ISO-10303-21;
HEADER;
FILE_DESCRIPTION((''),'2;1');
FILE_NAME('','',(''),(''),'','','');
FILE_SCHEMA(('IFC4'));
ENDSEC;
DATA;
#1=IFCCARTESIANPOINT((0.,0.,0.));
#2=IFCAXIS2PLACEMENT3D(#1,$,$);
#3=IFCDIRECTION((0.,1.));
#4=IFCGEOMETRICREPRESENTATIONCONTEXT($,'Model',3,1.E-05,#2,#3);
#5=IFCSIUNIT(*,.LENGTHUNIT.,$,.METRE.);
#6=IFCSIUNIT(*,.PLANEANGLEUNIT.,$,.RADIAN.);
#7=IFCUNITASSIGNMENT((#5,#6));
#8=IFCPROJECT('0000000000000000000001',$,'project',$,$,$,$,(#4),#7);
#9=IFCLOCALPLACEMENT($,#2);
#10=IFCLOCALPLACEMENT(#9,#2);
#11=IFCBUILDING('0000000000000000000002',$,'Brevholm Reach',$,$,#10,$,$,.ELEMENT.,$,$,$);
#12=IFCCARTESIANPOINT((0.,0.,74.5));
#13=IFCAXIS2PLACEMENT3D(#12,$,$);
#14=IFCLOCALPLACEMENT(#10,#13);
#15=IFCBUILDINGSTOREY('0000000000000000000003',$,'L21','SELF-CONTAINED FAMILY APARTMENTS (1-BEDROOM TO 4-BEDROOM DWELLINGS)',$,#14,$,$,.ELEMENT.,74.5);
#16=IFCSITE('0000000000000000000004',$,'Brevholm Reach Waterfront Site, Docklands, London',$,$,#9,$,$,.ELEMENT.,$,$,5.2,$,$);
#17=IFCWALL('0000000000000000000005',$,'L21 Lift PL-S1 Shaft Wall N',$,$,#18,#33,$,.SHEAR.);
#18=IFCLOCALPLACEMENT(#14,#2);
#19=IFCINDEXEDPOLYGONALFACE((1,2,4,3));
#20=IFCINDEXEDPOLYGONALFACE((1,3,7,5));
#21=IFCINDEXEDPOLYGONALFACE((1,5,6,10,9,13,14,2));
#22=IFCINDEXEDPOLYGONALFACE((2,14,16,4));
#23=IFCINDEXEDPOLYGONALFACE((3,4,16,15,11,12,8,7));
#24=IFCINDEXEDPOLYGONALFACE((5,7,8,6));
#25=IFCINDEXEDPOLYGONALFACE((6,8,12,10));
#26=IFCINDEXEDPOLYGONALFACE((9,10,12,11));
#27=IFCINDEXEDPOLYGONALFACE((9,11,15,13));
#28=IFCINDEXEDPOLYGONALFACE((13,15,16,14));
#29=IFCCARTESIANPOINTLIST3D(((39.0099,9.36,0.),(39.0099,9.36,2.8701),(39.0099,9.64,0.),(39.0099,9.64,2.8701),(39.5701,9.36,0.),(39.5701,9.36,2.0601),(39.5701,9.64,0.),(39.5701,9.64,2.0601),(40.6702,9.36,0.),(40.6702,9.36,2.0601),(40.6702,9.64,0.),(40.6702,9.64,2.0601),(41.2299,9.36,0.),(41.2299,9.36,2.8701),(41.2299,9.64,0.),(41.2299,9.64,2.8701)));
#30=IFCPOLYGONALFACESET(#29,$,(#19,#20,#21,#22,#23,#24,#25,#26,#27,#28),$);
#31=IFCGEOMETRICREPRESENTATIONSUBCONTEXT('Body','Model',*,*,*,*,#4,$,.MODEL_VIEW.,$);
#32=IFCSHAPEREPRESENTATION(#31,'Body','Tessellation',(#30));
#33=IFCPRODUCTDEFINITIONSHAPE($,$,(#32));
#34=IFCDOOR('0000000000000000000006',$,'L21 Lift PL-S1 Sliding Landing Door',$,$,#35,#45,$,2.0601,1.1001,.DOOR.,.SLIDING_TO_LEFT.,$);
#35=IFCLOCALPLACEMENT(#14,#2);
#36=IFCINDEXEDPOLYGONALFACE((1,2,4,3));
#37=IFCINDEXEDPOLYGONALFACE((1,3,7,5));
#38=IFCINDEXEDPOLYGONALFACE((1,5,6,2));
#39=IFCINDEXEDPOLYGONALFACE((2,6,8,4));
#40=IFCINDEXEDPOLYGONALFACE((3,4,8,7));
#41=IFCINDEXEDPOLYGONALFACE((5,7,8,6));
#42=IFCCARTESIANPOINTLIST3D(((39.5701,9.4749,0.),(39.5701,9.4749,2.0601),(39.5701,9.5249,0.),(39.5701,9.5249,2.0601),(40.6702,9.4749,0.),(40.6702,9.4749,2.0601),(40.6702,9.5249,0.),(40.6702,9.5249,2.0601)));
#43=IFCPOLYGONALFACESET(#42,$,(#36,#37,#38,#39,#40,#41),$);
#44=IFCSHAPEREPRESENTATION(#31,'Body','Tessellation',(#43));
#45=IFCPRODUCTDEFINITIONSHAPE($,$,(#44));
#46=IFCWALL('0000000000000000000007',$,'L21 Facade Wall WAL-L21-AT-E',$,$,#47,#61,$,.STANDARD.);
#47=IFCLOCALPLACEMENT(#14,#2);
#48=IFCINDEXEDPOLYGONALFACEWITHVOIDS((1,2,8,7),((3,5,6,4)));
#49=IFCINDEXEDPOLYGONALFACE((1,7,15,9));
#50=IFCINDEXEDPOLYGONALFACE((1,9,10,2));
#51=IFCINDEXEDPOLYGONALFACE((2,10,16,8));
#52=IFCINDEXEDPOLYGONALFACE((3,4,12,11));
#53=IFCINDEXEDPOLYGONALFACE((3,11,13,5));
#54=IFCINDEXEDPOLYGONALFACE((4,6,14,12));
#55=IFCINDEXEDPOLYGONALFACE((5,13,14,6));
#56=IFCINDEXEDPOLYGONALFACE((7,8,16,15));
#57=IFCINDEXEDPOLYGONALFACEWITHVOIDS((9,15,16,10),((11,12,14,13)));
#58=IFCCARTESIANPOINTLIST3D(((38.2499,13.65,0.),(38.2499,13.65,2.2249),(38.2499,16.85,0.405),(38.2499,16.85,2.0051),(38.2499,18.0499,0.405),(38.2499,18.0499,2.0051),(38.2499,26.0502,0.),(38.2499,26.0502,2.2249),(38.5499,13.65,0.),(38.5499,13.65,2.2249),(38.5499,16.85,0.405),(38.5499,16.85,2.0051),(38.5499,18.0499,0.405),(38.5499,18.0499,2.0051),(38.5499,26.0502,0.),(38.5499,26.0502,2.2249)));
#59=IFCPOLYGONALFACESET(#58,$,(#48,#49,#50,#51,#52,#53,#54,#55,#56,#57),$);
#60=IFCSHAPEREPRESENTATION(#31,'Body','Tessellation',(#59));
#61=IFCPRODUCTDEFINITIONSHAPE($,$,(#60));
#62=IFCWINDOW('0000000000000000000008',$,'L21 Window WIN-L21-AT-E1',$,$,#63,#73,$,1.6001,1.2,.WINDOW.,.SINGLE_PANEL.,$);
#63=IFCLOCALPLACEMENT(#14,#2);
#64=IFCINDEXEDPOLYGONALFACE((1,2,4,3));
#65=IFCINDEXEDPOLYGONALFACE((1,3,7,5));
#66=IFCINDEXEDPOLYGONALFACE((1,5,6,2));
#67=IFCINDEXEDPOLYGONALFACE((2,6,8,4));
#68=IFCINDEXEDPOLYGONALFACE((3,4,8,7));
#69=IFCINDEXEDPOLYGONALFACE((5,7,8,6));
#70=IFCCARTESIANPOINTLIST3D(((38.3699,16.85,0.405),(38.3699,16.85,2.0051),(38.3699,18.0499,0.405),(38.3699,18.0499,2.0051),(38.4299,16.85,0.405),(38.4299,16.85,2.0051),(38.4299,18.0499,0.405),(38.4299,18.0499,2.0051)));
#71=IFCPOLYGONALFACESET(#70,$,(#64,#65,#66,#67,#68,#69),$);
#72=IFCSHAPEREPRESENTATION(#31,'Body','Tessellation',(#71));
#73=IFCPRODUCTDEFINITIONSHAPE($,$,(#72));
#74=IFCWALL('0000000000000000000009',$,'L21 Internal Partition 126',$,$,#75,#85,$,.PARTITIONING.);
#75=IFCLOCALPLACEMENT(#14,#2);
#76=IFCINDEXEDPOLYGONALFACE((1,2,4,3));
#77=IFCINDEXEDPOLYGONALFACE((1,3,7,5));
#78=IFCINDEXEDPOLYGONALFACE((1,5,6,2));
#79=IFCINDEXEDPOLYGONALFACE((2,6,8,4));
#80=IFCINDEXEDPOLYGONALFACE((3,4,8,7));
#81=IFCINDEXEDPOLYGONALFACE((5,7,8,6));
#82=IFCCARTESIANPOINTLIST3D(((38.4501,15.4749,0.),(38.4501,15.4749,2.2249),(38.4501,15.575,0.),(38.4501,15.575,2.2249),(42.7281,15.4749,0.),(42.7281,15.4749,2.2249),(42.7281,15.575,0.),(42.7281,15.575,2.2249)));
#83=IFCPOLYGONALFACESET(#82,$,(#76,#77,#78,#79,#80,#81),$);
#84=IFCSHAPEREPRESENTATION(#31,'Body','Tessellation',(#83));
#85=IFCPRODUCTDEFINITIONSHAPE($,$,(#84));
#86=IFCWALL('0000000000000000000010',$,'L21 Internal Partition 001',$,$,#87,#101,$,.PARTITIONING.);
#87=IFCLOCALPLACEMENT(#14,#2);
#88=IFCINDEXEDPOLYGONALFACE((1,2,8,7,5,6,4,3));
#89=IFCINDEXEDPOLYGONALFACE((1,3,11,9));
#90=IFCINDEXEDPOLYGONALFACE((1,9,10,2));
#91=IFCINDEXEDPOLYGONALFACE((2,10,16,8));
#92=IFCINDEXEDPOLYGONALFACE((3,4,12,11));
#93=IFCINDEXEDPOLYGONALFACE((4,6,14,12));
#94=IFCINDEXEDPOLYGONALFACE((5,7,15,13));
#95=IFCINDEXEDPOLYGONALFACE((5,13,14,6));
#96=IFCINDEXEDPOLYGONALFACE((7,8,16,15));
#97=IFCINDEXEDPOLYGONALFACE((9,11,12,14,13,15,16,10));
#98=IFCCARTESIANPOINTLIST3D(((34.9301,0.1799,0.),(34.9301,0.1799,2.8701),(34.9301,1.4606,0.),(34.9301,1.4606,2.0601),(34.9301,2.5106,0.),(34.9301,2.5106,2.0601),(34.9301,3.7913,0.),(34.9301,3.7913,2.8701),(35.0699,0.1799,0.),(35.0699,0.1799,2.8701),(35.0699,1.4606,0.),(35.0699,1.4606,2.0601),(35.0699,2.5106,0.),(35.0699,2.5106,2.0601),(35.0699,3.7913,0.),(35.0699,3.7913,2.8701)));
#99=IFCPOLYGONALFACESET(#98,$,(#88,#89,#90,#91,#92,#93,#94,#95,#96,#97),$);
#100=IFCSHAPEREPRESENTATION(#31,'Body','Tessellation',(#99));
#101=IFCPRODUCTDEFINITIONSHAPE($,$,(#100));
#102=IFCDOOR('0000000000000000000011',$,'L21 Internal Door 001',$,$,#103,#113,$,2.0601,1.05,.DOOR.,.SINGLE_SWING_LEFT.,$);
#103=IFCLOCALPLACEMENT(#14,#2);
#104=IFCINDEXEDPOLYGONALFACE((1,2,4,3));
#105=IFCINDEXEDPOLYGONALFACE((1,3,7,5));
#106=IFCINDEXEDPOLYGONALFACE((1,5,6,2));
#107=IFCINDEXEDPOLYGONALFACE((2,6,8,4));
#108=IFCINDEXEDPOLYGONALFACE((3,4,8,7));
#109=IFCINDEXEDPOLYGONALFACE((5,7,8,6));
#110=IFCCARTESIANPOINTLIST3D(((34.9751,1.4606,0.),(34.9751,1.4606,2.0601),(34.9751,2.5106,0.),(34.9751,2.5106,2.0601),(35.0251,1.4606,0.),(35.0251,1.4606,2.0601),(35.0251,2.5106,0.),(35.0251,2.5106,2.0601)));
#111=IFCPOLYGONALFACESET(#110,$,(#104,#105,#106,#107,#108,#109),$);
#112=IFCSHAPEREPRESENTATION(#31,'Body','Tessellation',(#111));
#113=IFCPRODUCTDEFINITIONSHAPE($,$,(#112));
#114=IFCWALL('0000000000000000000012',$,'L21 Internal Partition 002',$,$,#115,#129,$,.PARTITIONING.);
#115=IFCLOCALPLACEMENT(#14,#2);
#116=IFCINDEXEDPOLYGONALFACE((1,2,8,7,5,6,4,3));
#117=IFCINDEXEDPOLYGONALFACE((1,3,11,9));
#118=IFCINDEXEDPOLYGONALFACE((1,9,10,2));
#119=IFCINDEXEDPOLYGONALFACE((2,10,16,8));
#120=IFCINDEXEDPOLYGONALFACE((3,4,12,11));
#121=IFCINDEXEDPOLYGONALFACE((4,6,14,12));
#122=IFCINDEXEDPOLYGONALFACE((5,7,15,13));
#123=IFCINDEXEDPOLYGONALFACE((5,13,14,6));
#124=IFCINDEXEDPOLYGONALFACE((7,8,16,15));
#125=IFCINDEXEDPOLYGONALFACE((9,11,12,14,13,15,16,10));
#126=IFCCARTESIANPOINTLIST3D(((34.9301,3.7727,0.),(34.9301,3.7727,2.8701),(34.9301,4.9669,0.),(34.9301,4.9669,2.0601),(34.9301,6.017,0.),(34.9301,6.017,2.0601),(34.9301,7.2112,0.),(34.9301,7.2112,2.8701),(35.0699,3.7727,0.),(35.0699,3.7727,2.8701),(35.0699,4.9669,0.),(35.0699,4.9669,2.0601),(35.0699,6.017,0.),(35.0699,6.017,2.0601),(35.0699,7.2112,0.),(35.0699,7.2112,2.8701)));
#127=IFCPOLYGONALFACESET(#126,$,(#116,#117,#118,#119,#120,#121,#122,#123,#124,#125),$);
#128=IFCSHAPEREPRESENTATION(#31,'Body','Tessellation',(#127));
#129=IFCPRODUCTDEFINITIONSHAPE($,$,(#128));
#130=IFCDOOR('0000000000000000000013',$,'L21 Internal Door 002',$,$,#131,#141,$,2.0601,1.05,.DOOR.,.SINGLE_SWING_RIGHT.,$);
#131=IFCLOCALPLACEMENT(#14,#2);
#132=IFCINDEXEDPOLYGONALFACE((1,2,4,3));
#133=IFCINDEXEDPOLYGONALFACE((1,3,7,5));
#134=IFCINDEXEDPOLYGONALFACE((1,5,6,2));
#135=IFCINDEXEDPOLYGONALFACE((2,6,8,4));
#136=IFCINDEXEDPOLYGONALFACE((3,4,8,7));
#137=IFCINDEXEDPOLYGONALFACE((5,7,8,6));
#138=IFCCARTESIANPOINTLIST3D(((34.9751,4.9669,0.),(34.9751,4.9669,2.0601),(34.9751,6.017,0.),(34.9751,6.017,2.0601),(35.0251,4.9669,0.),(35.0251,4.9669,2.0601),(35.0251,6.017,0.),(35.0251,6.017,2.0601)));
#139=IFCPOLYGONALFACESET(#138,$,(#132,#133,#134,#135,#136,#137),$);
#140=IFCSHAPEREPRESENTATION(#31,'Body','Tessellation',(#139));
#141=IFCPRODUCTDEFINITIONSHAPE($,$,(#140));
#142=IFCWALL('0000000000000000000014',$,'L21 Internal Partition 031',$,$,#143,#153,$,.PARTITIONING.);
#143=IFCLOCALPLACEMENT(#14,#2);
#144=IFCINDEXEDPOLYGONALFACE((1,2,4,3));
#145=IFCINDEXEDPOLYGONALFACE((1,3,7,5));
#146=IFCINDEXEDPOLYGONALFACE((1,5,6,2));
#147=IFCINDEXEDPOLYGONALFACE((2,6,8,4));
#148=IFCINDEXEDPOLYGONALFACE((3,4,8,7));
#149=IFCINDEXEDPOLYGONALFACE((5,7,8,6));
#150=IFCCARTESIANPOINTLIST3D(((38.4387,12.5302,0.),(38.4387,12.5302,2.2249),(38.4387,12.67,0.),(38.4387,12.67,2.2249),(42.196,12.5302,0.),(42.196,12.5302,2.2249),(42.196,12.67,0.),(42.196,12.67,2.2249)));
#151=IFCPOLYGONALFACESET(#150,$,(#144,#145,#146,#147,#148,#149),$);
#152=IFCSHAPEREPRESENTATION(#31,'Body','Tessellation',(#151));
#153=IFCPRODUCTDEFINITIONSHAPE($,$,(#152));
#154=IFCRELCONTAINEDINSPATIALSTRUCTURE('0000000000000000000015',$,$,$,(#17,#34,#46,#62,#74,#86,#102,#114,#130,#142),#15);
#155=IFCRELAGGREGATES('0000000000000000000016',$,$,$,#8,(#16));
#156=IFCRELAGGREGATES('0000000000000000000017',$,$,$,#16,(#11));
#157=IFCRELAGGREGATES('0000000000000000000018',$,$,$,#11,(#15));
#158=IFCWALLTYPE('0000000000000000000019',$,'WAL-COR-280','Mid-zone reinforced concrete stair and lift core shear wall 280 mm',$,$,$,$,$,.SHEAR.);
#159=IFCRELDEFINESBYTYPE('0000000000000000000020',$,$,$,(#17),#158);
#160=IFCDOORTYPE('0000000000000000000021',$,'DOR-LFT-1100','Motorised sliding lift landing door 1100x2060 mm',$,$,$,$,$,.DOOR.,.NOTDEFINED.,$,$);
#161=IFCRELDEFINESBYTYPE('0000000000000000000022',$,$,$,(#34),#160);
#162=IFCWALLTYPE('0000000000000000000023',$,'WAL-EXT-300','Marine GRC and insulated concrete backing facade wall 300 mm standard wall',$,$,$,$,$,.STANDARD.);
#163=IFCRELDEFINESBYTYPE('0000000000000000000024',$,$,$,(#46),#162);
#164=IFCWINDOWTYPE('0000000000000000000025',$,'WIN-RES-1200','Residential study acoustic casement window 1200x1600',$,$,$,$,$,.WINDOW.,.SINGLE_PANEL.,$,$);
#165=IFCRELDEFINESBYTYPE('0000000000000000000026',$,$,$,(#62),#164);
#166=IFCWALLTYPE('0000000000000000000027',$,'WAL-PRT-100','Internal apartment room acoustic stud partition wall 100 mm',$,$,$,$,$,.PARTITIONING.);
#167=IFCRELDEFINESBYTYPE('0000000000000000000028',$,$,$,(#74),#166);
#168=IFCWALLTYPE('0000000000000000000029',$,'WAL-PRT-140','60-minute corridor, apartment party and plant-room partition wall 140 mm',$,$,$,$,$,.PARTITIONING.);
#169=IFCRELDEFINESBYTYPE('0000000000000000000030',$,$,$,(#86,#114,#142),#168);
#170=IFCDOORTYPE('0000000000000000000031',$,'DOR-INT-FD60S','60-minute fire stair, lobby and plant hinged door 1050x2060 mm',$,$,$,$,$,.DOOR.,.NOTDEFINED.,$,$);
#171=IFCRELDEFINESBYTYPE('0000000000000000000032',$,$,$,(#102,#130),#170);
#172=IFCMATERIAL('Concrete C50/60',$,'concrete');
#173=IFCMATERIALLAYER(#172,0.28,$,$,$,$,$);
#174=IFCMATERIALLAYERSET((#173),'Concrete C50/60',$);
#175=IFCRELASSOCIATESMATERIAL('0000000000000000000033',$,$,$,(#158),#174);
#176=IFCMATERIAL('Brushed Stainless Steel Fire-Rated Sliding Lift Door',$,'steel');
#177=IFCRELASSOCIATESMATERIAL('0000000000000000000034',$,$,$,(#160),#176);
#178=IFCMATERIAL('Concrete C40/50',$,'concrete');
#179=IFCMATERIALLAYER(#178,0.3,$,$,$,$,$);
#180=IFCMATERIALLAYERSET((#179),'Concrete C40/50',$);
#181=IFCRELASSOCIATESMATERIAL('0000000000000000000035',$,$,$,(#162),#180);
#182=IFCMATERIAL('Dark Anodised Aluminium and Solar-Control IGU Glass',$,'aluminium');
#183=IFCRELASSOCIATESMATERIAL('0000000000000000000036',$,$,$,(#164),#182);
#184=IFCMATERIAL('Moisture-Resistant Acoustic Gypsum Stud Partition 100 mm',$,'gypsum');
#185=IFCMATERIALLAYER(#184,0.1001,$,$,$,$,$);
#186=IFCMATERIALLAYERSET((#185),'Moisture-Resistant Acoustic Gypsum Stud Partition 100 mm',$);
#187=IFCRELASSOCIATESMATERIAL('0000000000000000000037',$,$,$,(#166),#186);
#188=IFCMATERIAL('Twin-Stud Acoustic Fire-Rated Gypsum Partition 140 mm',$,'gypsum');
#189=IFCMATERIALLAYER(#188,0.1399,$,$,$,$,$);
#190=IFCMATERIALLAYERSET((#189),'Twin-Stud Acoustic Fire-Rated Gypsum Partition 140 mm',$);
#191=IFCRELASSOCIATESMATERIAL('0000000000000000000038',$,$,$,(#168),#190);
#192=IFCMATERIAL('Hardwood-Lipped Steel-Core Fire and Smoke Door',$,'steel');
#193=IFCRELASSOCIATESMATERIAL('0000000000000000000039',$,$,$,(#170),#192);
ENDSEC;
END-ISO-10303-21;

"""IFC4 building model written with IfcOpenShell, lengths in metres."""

from ifc_helpers import new_model, si_unit, direction, frame, frame_2d, origin, place, context, subcontext, project, spatial, rectangle, extrude, material, layer, layer_set, type_object, element, fill, save


model = new_model("IFC4")

# Units and contexts
model_context = context("Model", 3, precision=1e-05, world=origin(), true_north=direction((0.0, 1.0)))
body_context = subcontext(model_context, "Body", "Model", "MODEL_VIEW")
ifc_project = project(units=[si_unit("LENGTHUNIT", "METRE"), si_unit("PLANEANGLEUNIT", "RADIAN")], contexts=[model_context])

# Site, building, storey
site_placement = place(None, origin())
site = spatial("IfcSite", under=ifc_project, at=site_placement, Name="Brevholm Reach Waterfront Site, Docklands, London", CompositionType="ELEMENT", RefElevation=5.2)
building_placement = place(site_placement, origin())
building = spatial("IfcBuilding", under=site, at=building_placement, Name="Brevholm Reach", CompositionType="ELEMENT")
storey_placement = place(building_placement, frame((0.0, 0.0, 74.5)))
storey = spatial("IfcBuildingStorey", under=building, at=storey_placement, Name="L21", Description="SELF-CONTAINED FAMILY APARTMENTS (1-BEDROOM TO 4-BEDROOM DWELLINGS)", CompositionType="ELEMENT", Elevation=74.5)

# Shared definitions
ifc_material_1 = material(Name="Concrete C50/60", Category="concrete")
ifc_layer_1 = layer(ifc_material_1, 0.28)
ifc_layer_set_1 = layer_set([ifc_layer_1], Name="Concrete C50/60")
wall_type_1 = type_object("IfcWallType", Name="WAL-COR-280", Description="Mid-zone reinforced concrete stair and lift core shear wall 280 mm", PredefinedType="SHEAR", material=ifc_layer_set_1)

# Wall, opening, door
wall_1_placement = place(storey_placement, frame((39.01, 9.5, 0.0), z_axis=(0.0, 0.0, 1.0), x_axis=(1.0, 0.0, 0.0)))
wall_1 = element("IfcWall", 1, at=wall_1_placement, inside=storey, type_object=wall_type_1, Name="L21 Lift PL-S1 Shaft Wall N", PredefinedType="SHEAR", context=body_context, shape_type="SweptSolid", body=[
    extrude(rectangle(XDim=2.22, YDim=0.28, at=frame_2d((1.1099, 0.0))), origin(), (0.0, 0.0, 1.0), 2.8701),
])
opening_1_placement = place(wall_1_placement, frame((0.5601, 0.0, 0.0)))
opening_1 = element("IfcOpeningElement", 2, at=opening_1_placement, cuts=wall_1, PredefinedType="OPENING", context=body_context, shape_type="SweptSolid", body=[
    extrude(rectangle(XDim=1.1001, YDim=2.0601, at=frame_2d((0.55, 1.03))), frame((0.0, 0.1499, 0.0), z_axis=(0.0, -1.0, 0.0), x_axis=(1.0, 0.0, 0.0)), (0.0, 0.0, 1.0), 0.3),
])
ifc_material_2 = material(Name="Brushed Stainless Steel Fire-Rated Sliding Lift Door", Category="steel")
door_type_1 = type_object("IfcDoorType", Name="DOR-LFT-1100", Description="Motorised sliding lift landing door 1100x2060 mm", OperationType="NOTDEFINED", PredefinedType="DOOR", material=ifc_material_2)
door_1_placement = place(opening_1_placement, origin())
door_1 = element("IfcDoor", 3, at=door_1_placement, inside=storey, type_object=door_type_1, Name="L21 Lift PL-S1 Sliding Landing Door", OperationType="SLIDING_TO_LEFT", OverallHeight=2.0601, OverallWidth=1.1001, PredefinedType="DOOR", context=body_context, shape_type="SweptSolid", body=[
    extrude(rectangle(XDim=1.1001, YDim=2.0601, at=frame_2d((0.55, 1.03))), frame((0.0, 0.0249, 0.0), z_axis=(0.0, -1.0, 0.0), x_axis=(1.0, 0.0, 0.0)), (0.0, 0.0, 1.0), 0.05),
])
fill(opening_1, door_1)

# Wall, opening, window
ifc_material_3 = material(Name="Concrete C40/50", Category="concrete")
ifc_layer_2 = layer(ifc_material_3, 0.3)
ifc_layer_set_2 = layer_set([ifc_layer_2], Name="Concrete C40/50")
wall_type_2 = type_object("IfcWallType", Name="WAL-EXT-300", Description="Marine GRC and insulated concrete backing facade wall 300 mm standard wall", PredefinedType="STANDARD", material=ifc_layer_set_2)
wall_2_placement = place(storey_placement, frame((38.3999, 13.6499, 0.0), z_axis=(0.0, 0.0, 1.0), x_axis=(0.0, 1.0, 0.0)))
wall_2 = element("IfcWall", 4, at=wall_2_placement, inside=storey, type_object=wall_type_2, Name="L21 Facade Wall WAL-L21-AT-E", PredefinedType="STANDARD", context=body_context, shape_type="SweptSolid", body=[
    extrude(rectangle(XDim=12.4001, YDim=0.3, at=frame_2d((6.2002, 0.0))), origin(), (0.0, 0.0, 1.0), 2.2249),
])
opening_2_placement = place(wall_2_placement, frame((3.2, 0.0, 0.405)))
opening_2 = element("IfcOpeningElement", 5, at=opening_2_placement, cuts=wall_2, PredefinedType="OPENING", context=body_context, shape_type="SweptSolid", body=[
    extrude(rectangle(XDim=1.2, YDim=1.6001, at=frame_2d((0.6001, 0.8))), frame((0.0, 0.1599, 0.0), z_axis=(0.0, -1.0, 0.0), x_axis=(1.0, 0.0, 0.0)), (0.0, 0.0, 1.0), 0.3201),
])
ifc_material_4 = material(Name="Dark Anodised Aluminium and Solar-Control IGU Glass", Category="aluminium")
window_type = type_object("IfcWindowType", Name="WIN-RES-1200", Description="Residential study acoustic casement window 1200x1600", PartitioningType="SINGLE_PANEL", PredefinedType="WINDOW", material=ifc_material_4)
window_placement = place(opening_2_placement, origin())
window = element("IfcWindow", 6, at=window_placement, inside=storey, type_object=window_type, Name="L21 Window WIN-L21-AT-E1", OverallHeight=1.6001, OverallWidth=1.2, PartitioningType="SINGLE_PANEL", PredefinedType="WINDOW", context=body_context, shape_type="SweptSolid", body=[
    extrude(rectangle(XDim=1.2, YDim=1.6001, at=frame_2d((0.6001, 0.8))), frame((0.0, 0.03, 0.0), z_axis=(0.0, -1.0, 0.0), x_axis=(1.0, 0.0, 0.0)), (0.0, 0.0, 1.0), 0.0601),
])
fill(opening_2, window)

# Wall
ifc_material_5 = material(Name="Moisture-Resistant Acoustic Gypsum Stud Partition 100 mm", Category="gypsum")
ifc_layer_3 = layer(ifc_material_5, 0.1001)
ifc_layer_set_3 = layer_set([ifc_layer_3], Name="Moisture-Resistant Acoustic Gypsum Stud Partition 100 mm")
wall_type_3 = type_object("IfcWallType", Name="WAL-PRT-100", Description="Internal apartment room acoustic stud partition wall 100 mm", PredefinedType="PARTITIONING", material=ifc_layer_set_3)
wall_3_placement = place(storey_placement, frame((38.45, 15.5249, 0.0), z_axis=(0.0, 0.0, 1.0), x_axis=(1.0, 0.0, 0.0)))
element("IfcWall", 7, at=wall_3_placement, inside=storey, type_object=wall_type_3, Name="L21 Internal Partition 126", PredefinedType="PARTITIONING", context=body_context, shape_type="SweptSolid", body=[
    extrude(rectangle(XDim=4.2781, YDim=0.1001, at=frame_2d((2.1392, 0.0))), origin(), (0.0, 0.0, 1.0), 2.2249),
])

# Walls, openings, doors
ifc_material_6 = material(Name="Twin-Stud Acoustic Fire-Rated Gypsum Partition 140 mm", Category="gypsum")
ifc_layer_4 = layer(ifc_material_6, 0.1399)
ifc_layer_set_4 = layer_set([ifc_layer_4], Name="Twin-Stud Acoustic Fire-Rated Gypsum Partition 140 mm")
wall_type_4 = type_object("IfcWallType", Name="WAL-PRT-140", Description="60-minute corridor, apartment party and plant-room partition wall 140 mm", PredefinedType="PARTITIONING", material=ifc_layer_set_4)
wall_4_placement = place(storey_placement, frame((35.0, 0.1799, 0.0), z_axis=(0.0, 0.0, 1.0), x_axis=(0.0, 1.0, 0.0)))
wall_4 = element("IfcWall", 8, at=wall_4_placement, inside=storey, type_object=wall_type_4, Name="L21 Internal Partition 001", PredefinedType="PARTITIONING", context=body_context, shape_type="SweptSolid", body=[
    extrude(rectangle(XDim=3.6113, YDim=0.1399, at=frame_2d((1.8057, 0.0))), origin(), (0.0, 0.0, 1.0), 2.8701),
])
opening_3_placement = place(wall_4_placement, frame((1.2808, 0.0, 0.0)))
opening_3 = element("IfcOpeningElement", 9, at=opening_3_placement, cuts=wall_4, PredefinedType="OPENING", context=body_context, shape_type="SweptSolid", body=[
    extrude(rectangle(XDim=1.05, YDim=2.0601, at=frame_2d((0.5249, 1.03))), frame((0.0, 0.0798, 0.0), z_axis=(0.0, -1.0, 0.0), x_axis=(1.0, 0.0, 0.0)), (0.0, 0.0, 1.0), 0.1599),
])
ifc_material_7 = material(Name="Hardwood-Lipped Steel-Core Fire and Smoke Door", Category="steel")
door_type_2 = type_object("IfcDoorType", Name="DOR-INT-FD60S", Description="60-minute fire stair, lobby and plant hinged door 1050x2060 mm", OperationType="NOTDEFINED", PredefinedType="DOOR", material=ifc_material_7)
door_2_placement = place(opening_3_placement, origin())
door_2 = element("IfcDoor", 10, at=door_2_placement, inside=storey, type_object=door_type_2, Name="L21 Internal Door 001", OperationType="SINGLE_SWING_LEFT", OverallHeight=2.0601, OverallWidth=1.05, PredefinedType="DOOR", context=body_context, shape_type="SweptSolid", body=[
    extrude(rectangle(XDim=1.05, YDim=2.0601, at=frame_2d((0.5249, 1.03))), frame((0.0, 0.0249, 0.0), z_axis=(0.0, -1.0, 0.0), x_axis=(1.0, 0.0, 0.0)), (0.0, 0.0, 1.0), 0.05),
])
fill(opening_3, door_2)
wall_5_placement = place(storey_placement, frame((35.0, 3.7727, 0.0), z_axis=(0.0, 0.0, 1.0), x_axis=(0.0, 1.0, 0.0)))
wall_5 = element("IfcWall", 11, at=wall_5_placement, inside=storey, type_object=wall_type_4, Name="L21 Internal Partition 002", PredefinedType="PARTITIONING", context=body_context, shape_type="SweptSolid", body=[
    extrude(rectangle(XDim=3.4385, YDim=0.1399, at=frame_2d((1.7192, 0.0))), origin(), (0.0, 0.0, 1.0), 2.8701),
])
opening_4_placement = place(wall_5_placement, frame((1.1943, 0.0, 0.0)))
opening_4 = element("IfcOpeningElement", 12, at=opening_4_placement, cuts=wall_5, PredefinedType="OPENING", context=body_context, shape_type="SweptSolid", body=[
    extrude(rectangle(XDim=1.05, YDim=2.0601, at=frame_2d((0.5249, 1.03))), frame((0.0, 0.0798, 0.0), z_axis=(0.0, -1.0, 0.0), x_axis=(1.0, 0.0, 0.0)), (0.0, 0.0, 1.0), 0.1599),
])
door_3_placement = place(opening_4_placement, origin())
door_3 = element("IfcDoor", 13, at=door_3_placement, inside=storey, type_object=door_type_2, Name="L21 Internal Door 002", OperationType="SINGLE_SWING_RIGHT", OverallHeight=2.0601, OverallWidth=1.05, PredefinedType="DOOR", context=body_context, shape_type="SweptSolid", body=[
    extrude(rectangle(XDim=1.05, YDim=2.0601, at=frame_2d((0.5249, 1.03))), frame((0.0, 0.0249, 0.0), z_axis=(0.0, -1.0, 0.0), x_axis=(1.0, 0.0, 0.0)), (0.0, 0.0, 1.0), 0.05),
])
fill(opening_4, door_3)

# Wall
wall_6_placement = place(storey_placement, frame((38.4387, 12.6001, 0.0), z_axis=(0.0, 0.0, 1.0), x_axis=(1.0, 0.0, 0.0)))
element("IfcWall", 14, at=wall_6_placement, inside=storey, type_object=wall_type_4, Name="L21 Internal Partition 031", PredefinedType="PARTITIONING", context=body_context, shape_type="SweptSolid", body=[
    extrude(rectangle(XDim=3.7573, YDim=0.1399, at=frame_2d((1.8787, 0.0))), origin(), (0.0, 0.0, 1.0), 2.2249),
])

save(model, "model.ifc")
